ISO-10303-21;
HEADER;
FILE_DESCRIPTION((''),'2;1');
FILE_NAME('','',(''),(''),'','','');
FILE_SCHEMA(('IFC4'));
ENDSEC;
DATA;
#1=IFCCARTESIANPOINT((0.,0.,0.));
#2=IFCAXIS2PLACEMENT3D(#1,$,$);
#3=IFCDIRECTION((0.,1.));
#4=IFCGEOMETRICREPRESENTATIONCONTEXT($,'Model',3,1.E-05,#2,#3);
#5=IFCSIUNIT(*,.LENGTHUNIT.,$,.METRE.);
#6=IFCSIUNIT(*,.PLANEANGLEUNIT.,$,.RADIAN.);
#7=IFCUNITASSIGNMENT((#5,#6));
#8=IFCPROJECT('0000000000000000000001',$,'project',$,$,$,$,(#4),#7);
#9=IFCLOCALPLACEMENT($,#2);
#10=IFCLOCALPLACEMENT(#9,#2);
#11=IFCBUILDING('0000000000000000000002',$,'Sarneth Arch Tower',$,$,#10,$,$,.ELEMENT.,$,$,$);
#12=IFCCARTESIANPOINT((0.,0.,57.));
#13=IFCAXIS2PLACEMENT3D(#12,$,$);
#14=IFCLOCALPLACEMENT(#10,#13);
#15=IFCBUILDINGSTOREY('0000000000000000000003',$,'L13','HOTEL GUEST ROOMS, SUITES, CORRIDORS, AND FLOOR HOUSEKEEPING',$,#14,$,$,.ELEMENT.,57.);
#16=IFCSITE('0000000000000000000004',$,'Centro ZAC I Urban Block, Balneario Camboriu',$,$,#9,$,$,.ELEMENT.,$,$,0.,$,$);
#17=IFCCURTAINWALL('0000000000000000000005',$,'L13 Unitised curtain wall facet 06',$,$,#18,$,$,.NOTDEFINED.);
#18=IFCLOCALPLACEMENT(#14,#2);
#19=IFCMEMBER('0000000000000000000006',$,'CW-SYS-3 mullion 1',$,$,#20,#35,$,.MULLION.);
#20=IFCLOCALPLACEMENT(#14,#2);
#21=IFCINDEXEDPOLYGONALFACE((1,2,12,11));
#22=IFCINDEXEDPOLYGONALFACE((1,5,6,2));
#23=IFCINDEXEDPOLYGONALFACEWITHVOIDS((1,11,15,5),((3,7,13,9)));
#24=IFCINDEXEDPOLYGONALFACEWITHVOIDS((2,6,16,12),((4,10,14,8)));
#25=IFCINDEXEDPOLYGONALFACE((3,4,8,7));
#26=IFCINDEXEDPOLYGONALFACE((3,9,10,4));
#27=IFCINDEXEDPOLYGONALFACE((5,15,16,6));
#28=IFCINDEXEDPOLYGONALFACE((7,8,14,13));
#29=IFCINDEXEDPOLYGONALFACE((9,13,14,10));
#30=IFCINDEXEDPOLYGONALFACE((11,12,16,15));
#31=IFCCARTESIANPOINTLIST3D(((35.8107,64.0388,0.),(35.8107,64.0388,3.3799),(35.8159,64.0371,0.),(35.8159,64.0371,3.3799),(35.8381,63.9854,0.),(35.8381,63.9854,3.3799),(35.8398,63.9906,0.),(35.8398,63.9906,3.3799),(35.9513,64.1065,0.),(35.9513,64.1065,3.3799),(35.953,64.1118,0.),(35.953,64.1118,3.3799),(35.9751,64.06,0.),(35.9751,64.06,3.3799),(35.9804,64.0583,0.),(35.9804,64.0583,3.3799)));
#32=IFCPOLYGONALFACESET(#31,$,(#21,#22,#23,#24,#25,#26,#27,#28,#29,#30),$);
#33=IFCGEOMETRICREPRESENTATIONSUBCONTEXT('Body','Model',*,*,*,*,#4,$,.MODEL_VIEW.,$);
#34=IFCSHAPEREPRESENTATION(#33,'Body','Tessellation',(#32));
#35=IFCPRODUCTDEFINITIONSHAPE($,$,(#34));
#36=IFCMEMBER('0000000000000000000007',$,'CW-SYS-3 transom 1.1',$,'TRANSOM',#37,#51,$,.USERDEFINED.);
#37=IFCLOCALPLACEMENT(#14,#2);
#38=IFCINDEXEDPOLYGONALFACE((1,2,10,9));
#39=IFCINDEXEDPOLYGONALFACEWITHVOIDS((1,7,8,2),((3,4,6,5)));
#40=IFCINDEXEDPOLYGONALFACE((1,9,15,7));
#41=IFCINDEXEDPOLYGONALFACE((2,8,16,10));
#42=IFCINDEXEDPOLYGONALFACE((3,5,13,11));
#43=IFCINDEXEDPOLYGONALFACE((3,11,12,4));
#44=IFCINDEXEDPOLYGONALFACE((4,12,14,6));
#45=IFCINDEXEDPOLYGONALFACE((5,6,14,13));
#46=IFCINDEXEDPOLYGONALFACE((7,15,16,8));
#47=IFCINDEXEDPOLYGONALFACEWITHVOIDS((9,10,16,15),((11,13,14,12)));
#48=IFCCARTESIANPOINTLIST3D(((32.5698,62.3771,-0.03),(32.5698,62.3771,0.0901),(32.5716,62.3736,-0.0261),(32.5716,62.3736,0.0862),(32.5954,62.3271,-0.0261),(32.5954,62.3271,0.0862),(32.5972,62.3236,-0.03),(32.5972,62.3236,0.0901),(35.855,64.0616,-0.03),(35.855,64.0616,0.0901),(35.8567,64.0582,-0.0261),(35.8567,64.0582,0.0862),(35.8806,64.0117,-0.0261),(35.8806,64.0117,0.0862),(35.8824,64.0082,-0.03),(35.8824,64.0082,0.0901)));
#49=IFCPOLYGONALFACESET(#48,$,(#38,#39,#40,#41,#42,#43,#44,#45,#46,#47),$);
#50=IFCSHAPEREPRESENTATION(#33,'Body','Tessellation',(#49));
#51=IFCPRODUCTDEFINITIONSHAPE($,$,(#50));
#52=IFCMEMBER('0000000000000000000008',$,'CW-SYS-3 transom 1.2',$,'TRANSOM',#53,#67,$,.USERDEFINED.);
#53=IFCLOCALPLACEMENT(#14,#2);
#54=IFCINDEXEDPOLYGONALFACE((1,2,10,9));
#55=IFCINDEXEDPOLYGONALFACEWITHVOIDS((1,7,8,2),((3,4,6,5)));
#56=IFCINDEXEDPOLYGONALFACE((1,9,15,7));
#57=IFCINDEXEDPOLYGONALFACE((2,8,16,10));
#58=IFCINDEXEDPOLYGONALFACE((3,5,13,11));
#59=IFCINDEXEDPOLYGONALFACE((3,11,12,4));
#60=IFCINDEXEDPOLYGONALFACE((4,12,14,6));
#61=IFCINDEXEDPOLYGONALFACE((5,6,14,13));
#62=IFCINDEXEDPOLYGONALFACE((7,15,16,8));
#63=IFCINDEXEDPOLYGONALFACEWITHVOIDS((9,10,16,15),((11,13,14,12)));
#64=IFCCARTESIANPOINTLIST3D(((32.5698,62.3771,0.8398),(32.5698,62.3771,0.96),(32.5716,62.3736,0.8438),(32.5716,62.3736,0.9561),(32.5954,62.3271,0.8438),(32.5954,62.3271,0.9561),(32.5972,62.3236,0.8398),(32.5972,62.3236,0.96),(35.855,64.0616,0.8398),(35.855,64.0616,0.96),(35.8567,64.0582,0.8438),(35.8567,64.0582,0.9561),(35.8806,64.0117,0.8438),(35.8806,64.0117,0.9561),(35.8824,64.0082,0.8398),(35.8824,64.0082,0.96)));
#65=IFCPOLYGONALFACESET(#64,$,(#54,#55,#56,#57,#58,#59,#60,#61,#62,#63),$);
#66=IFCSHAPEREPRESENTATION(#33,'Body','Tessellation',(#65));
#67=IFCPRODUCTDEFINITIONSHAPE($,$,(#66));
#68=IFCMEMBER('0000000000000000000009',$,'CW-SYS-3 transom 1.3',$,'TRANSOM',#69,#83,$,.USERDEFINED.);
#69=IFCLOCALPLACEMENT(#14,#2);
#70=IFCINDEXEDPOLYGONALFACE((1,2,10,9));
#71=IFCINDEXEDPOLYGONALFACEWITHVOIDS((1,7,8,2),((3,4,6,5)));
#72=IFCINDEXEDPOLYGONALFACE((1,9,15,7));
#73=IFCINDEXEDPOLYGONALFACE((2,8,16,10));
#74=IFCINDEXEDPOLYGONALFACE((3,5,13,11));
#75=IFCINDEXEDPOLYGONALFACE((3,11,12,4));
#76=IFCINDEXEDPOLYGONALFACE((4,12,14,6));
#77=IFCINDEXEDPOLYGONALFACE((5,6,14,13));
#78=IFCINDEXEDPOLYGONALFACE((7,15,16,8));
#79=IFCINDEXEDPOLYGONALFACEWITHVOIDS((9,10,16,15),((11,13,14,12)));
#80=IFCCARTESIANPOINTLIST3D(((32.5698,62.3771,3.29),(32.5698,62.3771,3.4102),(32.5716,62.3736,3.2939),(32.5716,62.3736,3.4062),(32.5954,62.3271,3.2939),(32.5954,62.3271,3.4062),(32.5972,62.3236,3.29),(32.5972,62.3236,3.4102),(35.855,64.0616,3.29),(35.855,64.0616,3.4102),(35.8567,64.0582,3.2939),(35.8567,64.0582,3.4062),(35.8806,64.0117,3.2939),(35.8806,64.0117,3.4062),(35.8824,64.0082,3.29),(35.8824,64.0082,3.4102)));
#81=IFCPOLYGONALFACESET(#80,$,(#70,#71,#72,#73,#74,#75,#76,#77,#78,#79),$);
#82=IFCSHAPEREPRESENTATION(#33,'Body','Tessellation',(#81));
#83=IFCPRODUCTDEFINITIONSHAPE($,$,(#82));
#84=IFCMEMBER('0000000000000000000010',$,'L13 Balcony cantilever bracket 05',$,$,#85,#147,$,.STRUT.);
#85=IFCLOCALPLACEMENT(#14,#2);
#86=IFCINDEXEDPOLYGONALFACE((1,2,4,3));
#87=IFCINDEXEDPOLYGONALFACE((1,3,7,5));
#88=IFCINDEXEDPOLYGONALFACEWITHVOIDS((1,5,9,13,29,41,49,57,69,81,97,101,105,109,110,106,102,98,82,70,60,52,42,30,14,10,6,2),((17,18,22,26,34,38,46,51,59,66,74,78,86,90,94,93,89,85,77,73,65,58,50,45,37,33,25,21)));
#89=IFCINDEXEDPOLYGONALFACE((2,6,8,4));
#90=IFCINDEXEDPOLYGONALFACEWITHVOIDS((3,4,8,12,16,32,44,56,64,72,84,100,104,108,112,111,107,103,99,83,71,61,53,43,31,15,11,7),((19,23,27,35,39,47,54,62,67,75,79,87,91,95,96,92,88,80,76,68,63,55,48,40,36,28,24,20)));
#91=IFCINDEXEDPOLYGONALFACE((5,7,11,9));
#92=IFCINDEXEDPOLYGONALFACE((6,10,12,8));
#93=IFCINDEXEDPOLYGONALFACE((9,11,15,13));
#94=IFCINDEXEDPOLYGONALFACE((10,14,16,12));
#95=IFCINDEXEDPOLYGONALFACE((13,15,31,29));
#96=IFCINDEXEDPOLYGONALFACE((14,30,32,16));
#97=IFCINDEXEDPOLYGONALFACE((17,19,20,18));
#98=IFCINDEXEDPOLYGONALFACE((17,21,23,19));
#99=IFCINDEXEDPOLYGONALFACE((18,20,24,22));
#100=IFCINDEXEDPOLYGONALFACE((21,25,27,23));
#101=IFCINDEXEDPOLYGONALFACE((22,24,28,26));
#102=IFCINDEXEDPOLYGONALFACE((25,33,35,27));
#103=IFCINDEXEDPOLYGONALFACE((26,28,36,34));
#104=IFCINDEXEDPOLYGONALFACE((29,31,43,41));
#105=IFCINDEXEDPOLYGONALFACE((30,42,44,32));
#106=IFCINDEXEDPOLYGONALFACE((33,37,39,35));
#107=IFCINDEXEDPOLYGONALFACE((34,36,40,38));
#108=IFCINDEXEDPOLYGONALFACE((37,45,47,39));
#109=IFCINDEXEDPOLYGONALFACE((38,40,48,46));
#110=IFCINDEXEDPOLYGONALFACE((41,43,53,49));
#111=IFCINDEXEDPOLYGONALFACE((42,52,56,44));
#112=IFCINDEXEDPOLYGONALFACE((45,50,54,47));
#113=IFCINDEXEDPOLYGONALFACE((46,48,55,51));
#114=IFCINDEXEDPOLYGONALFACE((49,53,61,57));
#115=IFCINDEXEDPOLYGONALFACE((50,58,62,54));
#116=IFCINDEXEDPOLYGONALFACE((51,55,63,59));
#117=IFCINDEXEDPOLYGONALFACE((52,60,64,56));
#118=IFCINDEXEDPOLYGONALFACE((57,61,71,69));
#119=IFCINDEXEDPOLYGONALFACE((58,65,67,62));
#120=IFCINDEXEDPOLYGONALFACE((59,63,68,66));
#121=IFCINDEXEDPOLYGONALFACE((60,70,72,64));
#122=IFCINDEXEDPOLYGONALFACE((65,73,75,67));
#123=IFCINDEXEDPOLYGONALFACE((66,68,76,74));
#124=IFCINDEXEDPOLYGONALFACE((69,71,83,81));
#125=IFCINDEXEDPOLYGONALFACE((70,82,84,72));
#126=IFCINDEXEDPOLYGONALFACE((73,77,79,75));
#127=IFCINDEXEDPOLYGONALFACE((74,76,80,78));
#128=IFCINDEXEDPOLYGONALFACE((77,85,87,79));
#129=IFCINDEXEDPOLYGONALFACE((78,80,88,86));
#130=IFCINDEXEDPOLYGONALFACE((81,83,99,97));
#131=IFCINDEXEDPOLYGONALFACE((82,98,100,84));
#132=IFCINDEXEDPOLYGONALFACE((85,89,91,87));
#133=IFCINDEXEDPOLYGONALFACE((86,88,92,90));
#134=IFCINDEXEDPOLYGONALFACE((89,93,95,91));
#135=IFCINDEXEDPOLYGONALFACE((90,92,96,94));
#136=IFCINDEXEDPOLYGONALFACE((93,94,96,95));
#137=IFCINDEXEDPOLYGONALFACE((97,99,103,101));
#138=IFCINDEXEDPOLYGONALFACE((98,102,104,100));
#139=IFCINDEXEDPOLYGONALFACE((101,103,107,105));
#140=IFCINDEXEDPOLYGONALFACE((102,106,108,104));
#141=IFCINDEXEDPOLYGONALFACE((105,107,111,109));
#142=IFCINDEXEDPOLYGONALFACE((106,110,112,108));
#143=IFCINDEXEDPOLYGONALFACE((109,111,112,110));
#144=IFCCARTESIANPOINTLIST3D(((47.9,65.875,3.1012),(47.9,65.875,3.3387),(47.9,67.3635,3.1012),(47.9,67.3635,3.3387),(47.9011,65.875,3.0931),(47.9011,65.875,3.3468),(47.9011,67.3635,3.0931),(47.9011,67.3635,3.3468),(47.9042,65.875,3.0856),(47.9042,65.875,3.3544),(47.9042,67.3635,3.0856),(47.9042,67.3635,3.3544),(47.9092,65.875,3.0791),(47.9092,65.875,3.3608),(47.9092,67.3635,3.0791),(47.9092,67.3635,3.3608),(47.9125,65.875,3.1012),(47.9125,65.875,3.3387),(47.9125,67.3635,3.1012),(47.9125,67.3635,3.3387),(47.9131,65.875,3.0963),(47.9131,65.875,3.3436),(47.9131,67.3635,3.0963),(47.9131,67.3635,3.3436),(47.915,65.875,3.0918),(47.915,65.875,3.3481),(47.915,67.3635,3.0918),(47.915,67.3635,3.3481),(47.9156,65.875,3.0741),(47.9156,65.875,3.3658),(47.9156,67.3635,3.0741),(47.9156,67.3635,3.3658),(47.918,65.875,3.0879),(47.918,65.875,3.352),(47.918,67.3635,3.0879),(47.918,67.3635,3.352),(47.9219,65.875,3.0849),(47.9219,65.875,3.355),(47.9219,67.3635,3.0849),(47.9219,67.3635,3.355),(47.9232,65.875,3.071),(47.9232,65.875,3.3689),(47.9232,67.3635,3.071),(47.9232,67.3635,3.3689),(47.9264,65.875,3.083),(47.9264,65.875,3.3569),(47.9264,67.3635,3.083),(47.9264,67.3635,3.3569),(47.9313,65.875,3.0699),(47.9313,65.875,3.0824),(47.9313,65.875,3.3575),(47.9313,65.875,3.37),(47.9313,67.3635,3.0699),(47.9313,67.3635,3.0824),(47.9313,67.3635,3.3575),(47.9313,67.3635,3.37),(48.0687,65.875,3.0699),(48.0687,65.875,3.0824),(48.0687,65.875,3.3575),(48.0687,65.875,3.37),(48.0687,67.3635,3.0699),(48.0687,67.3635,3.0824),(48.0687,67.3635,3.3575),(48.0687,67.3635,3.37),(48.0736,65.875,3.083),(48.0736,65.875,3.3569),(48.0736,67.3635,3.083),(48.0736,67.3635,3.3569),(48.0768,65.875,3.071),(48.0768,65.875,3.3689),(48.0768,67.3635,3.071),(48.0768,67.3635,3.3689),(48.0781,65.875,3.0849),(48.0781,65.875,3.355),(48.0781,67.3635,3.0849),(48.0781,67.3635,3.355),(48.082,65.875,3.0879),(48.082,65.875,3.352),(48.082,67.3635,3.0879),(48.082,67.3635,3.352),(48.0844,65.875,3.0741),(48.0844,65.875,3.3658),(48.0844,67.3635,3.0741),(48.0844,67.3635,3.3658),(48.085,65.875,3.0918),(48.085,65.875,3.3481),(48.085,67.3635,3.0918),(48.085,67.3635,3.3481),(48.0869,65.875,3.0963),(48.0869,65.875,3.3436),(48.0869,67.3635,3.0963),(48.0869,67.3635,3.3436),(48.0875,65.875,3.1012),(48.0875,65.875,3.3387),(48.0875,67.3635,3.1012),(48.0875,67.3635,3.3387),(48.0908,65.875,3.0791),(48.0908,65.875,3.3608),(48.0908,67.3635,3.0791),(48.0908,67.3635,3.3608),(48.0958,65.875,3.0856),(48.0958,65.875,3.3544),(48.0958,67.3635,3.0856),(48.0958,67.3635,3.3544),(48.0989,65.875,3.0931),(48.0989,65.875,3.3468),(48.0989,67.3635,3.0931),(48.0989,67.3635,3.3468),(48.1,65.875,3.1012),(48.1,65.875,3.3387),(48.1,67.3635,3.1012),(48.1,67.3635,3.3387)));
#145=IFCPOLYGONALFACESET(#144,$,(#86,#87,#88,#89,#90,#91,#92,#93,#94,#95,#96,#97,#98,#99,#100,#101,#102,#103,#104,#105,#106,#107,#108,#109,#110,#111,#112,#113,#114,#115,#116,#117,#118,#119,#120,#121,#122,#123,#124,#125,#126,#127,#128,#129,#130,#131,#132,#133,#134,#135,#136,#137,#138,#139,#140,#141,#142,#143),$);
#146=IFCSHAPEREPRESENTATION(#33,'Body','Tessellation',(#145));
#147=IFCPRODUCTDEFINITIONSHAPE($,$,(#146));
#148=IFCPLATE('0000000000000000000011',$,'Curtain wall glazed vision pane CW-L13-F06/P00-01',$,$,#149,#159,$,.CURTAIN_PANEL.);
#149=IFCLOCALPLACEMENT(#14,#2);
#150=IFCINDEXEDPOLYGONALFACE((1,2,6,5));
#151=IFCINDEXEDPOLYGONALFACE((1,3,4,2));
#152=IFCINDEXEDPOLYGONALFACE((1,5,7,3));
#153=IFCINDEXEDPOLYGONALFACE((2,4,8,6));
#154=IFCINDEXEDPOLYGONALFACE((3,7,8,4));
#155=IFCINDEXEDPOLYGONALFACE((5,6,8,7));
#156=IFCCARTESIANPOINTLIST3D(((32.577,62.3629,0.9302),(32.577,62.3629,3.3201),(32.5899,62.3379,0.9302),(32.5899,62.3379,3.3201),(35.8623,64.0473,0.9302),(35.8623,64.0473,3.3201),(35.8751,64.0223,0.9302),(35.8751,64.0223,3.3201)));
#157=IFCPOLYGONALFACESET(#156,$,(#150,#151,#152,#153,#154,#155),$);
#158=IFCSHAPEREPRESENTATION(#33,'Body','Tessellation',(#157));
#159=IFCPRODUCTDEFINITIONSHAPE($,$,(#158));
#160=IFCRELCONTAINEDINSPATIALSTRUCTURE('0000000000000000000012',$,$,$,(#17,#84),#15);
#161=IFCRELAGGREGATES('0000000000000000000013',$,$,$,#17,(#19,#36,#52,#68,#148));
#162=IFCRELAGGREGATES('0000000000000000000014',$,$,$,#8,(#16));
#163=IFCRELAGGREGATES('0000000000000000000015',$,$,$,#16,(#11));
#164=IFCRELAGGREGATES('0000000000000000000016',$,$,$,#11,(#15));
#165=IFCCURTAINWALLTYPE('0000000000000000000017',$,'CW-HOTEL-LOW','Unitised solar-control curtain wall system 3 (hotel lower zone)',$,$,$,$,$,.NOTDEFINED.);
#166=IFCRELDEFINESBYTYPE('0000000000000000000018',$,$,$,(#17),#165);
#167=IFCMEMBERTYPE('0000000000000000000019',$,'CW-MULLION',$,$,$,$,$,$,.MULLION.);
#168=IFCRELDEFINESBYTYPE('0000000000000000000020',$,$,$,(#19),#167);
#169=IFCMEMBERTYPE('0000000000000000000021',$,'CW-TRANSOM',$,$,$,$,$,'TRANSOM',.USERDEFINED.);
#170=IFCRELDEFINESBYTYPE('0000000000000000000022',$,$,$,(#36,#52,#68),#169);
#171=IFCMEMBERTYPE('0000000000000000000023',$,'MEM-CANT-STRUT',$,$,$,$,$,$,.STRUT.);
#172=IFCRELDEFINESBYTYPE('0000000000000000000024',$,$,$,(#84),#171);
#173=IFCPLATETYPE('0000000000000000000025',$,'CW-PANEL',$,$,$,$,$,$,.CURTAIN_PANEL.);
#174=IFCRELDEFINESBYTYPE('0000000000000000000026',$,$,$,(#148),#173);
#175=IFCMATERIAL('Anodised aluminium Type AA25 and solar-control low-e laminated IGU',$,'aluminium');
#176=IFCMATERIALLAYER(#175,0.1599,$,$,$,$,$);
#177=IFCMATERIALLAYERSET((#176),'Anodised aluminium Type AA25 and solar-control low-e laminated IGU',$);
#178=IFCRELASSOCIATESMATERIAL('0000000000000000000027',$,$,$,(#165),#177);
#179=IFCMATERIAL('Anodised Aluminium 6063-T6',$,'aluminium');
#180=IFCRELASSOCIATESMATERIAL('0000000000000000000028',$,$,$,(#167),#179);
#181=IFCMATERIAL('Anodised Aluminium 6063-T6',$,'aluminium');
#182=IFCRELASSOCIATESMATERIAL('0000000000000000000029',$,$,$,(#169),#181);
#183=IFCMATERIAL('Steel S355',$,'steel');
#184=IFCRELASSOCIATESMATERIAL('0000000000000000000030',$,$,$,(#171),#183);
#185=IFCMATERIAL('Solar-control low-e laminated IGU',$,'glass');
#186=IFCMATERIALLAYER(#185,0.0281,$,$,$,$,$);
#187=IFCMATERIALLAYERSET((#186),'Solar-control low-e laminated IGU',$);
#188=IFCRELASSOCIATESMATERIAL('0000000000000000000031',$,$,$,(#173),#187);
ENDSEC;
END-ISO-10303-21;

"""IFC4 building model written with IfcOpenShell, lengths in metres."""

from ifc_helpers import new_model, si_unit, direction, frame, origin, origin_2d, place, context, subcontext, project, spatial, rectangle, hollow_rectangle, extrude, material, layer, layer_set, material_profile, profile_set, type_object, element, aggregate, save


model = new_model("IFC4")

# Units and contexts
model_context = context("Model", 3, precision=1e-05, world=origin(), true_north=direction((0.0, 1.0)))
body_context = subcontext(model_context, "Body", "Model", "MODEL_VIEW")
ifc_project = project(units=[si_unit("LENGTHUNIT", "METRE"), si_unit("PLANEANGLEUNIT", "RADIAN")], contexts=[model_context])

# Site, building, storey
site_placement = place(None, origin())
site = spatial("IfcSite", under=ifc_project, at=site_placement, Name="Centro ZAC I Urban Block, Balneario Camboriu", CompositionType="ELEMENT", RefElevation=0.0)
building_placement = place(site_placement, origin())
building = spatial("IfcBuilding", under=site, at=building_placement, Name="Sarneth Arch Tower", CompositionType="ELEMENT")
storey_placement = place(building_placement, frame((0.0, 0.0, 57.0)))
storey = spatial("IfcBuildingStorey", under=building, at=storey_placement, Name="L13", Description="HOTEL GUEST ROOMS, SUITES, CORRIDORS, AND FLOOR HOUSEKEEPING", CompositionType="ELEMENT", Elevation=57.0)

# Curtain wall, members
ifc_material_1 = material(Name="Anodised aluminium Type AA25 and solar-control low-e laminated IGU", Category="aluminium")
ifc_layer_1 = layer(ifc_material_1, 0.1599)
ifc_layer_set_1 = layer_set([ifc_layer_1], Name="Anodised aluminium Type AA25 and solar-control low-e laminated IGU")
curtain_wall_type = type_object("IfcCurtainWallType", Name="CW-HOTEL-LOW", Description="Unitised solar-control curtain wall system 3 (hotel lower zone)", PredefinedType="NOTDEFINED", material=ifc_layer_set_1)
curtain_wall_placement = place(storey_placement, origin())
curtain_wall = element("IfcCurtainWall", 1, at=curtain_wall_placement, inside=storey, type_object=curtain_wall_type, Name="L13 Unitised curtain wall facet 06", PredefinedType="NOTDEFINED")
ifc_material_2 = material(Name="Anodised Aluminium 6063-T6", Category="aluminium")
ifc_material_profile_1 = material_profile(ifc_material_2, hollow_rectangle(XDim=0.0601, YDim=0.1599, WallThickness=0.0039, at=origin_2d()), Name="AL-MULL-160x60x4")
ifc_profile_set_1 = profile_set([ifc_material_profile_1], Name="Anodised Aluminium 6063-T6")
member_type_1 = type_object("IfcMemberType", Name="CW-MULLION", PredefinedType="MULLION", material=ifc_profile_set_1)
member_1_placement = place(storey_placement, frame((35.8955, 64.0486, 0.0), z_axis=(0.0, 0.0, 1.0), x_axis=(0.456245, -0.889854, 0.0)))
member_1 = element("IfcMember", 2, at=member_1_placement, type_object=member_type_1, Name="CW-SYS-3 mullion 1", PredefinedType="MULLION", context=body_context, shape_type="SweptSolid", body=[
    extrude(hollow_rectangle(XDim=0.0601, YDim=0.1599, WallThickness=0.0039, at=origin_2d()), origin(), (0.0, 0.0, 1.0), 3.3799),
])
ifc_material_3 = material(Name="Anodised Aluminium 6063-T6", Category="aluminium")
ifc_material_profile_2 = material_profile(ifc_material_3, hollow_rectangle(XDim=0.0601, YDim=0.1201, WallThickness=0.0039, at=origin_2d()), Name="AL-TRAN-120x60x4")
ifc_profile_set_2 = profile_set([ifc_material_profile_2], Name="Anodised Aluminium 6063-T6")
member_type_2 = type_object("IfcMemberType", Name="CW-TRANSOM", ElementType="TRANSOM", PredefinedType="USERDEFINED", material=ifc_profile_set_2)
member_2_placement = place(storey_placement, frame((35.8687, 64.0349, 0.03), z_axis=(-0.889831, -0.45629, 0.0), x_axis=(0.45629, -0.889831, 0.0)))
member_2 = element("IfcMember", 3, at=member_2_placement, type_object=member_type_2, Name="CW-SYS-3 transom 1.1", ObjectType="TRANSOM", PredefinedType="USERDEFINED", context=body_context, shape_type="SweptSolid", body=[
    extrude(hollow_rectangle(XDim=0.0601, YDim=0.1201, WallThickness=0.0039, at=origin_2d()), origin(), (0.0, 0.0, 1.0), 3.6919),
])
member_3_placement = place(storey_placement, frame((35.8687, 64.0349, 0.8999), z_axis=(-0.889831, -0.45629, 0.0), x_axis=(0.45629, -0.889831, 0.0)))
member_3 = element("IfcMember", 4, at=member_3_placement, type_object=member_type_2, Name="CW-SYS-3 transom 1.2", ObjectType="TRANSOM", PredefinedType="USERDEFINED", context=body_context, shape_type="SweptSolid", body=[
    extrude(hollow_rectangle(XDim=0.0601, YDim=0.1201, WallThickness=0.0039, at=origin_2d()), origin(), (0.0, 0.0, 1.0), 3.6919),
])
member_4_placement = place(storey_placement, frame((35.8687, 64.0349, 3.3501), z_axis=(-0.889831, -0.45629, 0.0), x_axis=(0.45629, -0.889831, 0.0)))
member_4 = element("IfcMember", 5, at=member_4_placement, type_object=member_type_2, Name="CW-SYS-3 transom 1.3", ObjectType="TRANSOM", PredefinedType="USERDEFINED", context=body_context, shape_type="SweptSolid", body=[
    extrude(hollow_rectangle(XDim=0.0601, YDim=0.1201, WallThickness=0.0039, at=origin_2d()), origin(), (0.0, 0.0, 1.0), 3.6919),
])

# Member
ifc_material_4 = material(Name="Steel S355", Category="steel")
ifc_material_profile_3 = material_profile(ifc_material_4, hollow_rectangle(XDim=0.2, YDim=0.3, WallThickness=0.0125, InnerFilletRadius=0.0188, OuterFilletRadius=0.0312, at=origin_2d()), Name="RHS300x200x12.5")
ifc_profile_set_3 = profile_set([ifc_material_profile_3], Name="Steel S355")
member_type_3 = type_object("IfcMemberType", Name="MEM-CANT-STRUT", PredefinedType="STRUT", material=ifc_profile_set_3)
member_5_placement = place(storey_placement, frame((48.0, 65.875, 3.22), z_axis=(0.0, 1.0, 0.0), x_axis=(-1.0, 0.0, 0.0)))
element("IfcMember", 6, at=member_5_placement, inside=storey, type_object=member_type_3, Name="L13 Balcony cantilever bracket 05", PredefinedType="STRUT", context=body_context, shape_type="SweptSolid", body=[
    extrude(hollow_rectangle(XDim=0.2, YDim=0.3, WallThickness=0.0125, InnerFilletRadius=0.0188, OuterFilletRadius=0.0312, at=origin_2d()), origin(), (0.0, 0.0, 1.0), 1.4885),
])

# Plate
ifc_material_5 = material(Name="Solar-control low-e laminated IGU", Category="glass")
ifc_layer_2 = layer(ifc_material_5, 0.0281)
ifc_layer_set_2 = layer_set([ifc_layer_2], Name="Solar-control low-e laminated IGU")
plate_type = type_object("IfcPlateType", Name="CW-PANEL", PredefinedType="CURTAIN_PANEL", material=ifc_layer_set_2)
plate_placement = place(storey_placement, frame((34.2261, 63.1926, 0.9302), z_axis=(0.0, 0.0, 1.0), x_axis=(-0.889854, -0.456245, 0.0)))
plate = element("IfcPlate", 7, at=plate_placement, type_object=plate_type, Name="Curtain wall glazed vision pane CW-L13-F06/P00-01", PredefinedType="CURTAIN_PANEL", context=body_context, shape_type="SweptSolid", body=[
    extrude(rectangle(XDim=3.6919, YDim=0.0281, at=origin_2d()), origin(), (0.0, 0.0, 1.0), 2.3899),
])
aggregate(curtain_wall, [member_1, member_2, member_3, member_4, plate])

save(model, "model.ifc")
